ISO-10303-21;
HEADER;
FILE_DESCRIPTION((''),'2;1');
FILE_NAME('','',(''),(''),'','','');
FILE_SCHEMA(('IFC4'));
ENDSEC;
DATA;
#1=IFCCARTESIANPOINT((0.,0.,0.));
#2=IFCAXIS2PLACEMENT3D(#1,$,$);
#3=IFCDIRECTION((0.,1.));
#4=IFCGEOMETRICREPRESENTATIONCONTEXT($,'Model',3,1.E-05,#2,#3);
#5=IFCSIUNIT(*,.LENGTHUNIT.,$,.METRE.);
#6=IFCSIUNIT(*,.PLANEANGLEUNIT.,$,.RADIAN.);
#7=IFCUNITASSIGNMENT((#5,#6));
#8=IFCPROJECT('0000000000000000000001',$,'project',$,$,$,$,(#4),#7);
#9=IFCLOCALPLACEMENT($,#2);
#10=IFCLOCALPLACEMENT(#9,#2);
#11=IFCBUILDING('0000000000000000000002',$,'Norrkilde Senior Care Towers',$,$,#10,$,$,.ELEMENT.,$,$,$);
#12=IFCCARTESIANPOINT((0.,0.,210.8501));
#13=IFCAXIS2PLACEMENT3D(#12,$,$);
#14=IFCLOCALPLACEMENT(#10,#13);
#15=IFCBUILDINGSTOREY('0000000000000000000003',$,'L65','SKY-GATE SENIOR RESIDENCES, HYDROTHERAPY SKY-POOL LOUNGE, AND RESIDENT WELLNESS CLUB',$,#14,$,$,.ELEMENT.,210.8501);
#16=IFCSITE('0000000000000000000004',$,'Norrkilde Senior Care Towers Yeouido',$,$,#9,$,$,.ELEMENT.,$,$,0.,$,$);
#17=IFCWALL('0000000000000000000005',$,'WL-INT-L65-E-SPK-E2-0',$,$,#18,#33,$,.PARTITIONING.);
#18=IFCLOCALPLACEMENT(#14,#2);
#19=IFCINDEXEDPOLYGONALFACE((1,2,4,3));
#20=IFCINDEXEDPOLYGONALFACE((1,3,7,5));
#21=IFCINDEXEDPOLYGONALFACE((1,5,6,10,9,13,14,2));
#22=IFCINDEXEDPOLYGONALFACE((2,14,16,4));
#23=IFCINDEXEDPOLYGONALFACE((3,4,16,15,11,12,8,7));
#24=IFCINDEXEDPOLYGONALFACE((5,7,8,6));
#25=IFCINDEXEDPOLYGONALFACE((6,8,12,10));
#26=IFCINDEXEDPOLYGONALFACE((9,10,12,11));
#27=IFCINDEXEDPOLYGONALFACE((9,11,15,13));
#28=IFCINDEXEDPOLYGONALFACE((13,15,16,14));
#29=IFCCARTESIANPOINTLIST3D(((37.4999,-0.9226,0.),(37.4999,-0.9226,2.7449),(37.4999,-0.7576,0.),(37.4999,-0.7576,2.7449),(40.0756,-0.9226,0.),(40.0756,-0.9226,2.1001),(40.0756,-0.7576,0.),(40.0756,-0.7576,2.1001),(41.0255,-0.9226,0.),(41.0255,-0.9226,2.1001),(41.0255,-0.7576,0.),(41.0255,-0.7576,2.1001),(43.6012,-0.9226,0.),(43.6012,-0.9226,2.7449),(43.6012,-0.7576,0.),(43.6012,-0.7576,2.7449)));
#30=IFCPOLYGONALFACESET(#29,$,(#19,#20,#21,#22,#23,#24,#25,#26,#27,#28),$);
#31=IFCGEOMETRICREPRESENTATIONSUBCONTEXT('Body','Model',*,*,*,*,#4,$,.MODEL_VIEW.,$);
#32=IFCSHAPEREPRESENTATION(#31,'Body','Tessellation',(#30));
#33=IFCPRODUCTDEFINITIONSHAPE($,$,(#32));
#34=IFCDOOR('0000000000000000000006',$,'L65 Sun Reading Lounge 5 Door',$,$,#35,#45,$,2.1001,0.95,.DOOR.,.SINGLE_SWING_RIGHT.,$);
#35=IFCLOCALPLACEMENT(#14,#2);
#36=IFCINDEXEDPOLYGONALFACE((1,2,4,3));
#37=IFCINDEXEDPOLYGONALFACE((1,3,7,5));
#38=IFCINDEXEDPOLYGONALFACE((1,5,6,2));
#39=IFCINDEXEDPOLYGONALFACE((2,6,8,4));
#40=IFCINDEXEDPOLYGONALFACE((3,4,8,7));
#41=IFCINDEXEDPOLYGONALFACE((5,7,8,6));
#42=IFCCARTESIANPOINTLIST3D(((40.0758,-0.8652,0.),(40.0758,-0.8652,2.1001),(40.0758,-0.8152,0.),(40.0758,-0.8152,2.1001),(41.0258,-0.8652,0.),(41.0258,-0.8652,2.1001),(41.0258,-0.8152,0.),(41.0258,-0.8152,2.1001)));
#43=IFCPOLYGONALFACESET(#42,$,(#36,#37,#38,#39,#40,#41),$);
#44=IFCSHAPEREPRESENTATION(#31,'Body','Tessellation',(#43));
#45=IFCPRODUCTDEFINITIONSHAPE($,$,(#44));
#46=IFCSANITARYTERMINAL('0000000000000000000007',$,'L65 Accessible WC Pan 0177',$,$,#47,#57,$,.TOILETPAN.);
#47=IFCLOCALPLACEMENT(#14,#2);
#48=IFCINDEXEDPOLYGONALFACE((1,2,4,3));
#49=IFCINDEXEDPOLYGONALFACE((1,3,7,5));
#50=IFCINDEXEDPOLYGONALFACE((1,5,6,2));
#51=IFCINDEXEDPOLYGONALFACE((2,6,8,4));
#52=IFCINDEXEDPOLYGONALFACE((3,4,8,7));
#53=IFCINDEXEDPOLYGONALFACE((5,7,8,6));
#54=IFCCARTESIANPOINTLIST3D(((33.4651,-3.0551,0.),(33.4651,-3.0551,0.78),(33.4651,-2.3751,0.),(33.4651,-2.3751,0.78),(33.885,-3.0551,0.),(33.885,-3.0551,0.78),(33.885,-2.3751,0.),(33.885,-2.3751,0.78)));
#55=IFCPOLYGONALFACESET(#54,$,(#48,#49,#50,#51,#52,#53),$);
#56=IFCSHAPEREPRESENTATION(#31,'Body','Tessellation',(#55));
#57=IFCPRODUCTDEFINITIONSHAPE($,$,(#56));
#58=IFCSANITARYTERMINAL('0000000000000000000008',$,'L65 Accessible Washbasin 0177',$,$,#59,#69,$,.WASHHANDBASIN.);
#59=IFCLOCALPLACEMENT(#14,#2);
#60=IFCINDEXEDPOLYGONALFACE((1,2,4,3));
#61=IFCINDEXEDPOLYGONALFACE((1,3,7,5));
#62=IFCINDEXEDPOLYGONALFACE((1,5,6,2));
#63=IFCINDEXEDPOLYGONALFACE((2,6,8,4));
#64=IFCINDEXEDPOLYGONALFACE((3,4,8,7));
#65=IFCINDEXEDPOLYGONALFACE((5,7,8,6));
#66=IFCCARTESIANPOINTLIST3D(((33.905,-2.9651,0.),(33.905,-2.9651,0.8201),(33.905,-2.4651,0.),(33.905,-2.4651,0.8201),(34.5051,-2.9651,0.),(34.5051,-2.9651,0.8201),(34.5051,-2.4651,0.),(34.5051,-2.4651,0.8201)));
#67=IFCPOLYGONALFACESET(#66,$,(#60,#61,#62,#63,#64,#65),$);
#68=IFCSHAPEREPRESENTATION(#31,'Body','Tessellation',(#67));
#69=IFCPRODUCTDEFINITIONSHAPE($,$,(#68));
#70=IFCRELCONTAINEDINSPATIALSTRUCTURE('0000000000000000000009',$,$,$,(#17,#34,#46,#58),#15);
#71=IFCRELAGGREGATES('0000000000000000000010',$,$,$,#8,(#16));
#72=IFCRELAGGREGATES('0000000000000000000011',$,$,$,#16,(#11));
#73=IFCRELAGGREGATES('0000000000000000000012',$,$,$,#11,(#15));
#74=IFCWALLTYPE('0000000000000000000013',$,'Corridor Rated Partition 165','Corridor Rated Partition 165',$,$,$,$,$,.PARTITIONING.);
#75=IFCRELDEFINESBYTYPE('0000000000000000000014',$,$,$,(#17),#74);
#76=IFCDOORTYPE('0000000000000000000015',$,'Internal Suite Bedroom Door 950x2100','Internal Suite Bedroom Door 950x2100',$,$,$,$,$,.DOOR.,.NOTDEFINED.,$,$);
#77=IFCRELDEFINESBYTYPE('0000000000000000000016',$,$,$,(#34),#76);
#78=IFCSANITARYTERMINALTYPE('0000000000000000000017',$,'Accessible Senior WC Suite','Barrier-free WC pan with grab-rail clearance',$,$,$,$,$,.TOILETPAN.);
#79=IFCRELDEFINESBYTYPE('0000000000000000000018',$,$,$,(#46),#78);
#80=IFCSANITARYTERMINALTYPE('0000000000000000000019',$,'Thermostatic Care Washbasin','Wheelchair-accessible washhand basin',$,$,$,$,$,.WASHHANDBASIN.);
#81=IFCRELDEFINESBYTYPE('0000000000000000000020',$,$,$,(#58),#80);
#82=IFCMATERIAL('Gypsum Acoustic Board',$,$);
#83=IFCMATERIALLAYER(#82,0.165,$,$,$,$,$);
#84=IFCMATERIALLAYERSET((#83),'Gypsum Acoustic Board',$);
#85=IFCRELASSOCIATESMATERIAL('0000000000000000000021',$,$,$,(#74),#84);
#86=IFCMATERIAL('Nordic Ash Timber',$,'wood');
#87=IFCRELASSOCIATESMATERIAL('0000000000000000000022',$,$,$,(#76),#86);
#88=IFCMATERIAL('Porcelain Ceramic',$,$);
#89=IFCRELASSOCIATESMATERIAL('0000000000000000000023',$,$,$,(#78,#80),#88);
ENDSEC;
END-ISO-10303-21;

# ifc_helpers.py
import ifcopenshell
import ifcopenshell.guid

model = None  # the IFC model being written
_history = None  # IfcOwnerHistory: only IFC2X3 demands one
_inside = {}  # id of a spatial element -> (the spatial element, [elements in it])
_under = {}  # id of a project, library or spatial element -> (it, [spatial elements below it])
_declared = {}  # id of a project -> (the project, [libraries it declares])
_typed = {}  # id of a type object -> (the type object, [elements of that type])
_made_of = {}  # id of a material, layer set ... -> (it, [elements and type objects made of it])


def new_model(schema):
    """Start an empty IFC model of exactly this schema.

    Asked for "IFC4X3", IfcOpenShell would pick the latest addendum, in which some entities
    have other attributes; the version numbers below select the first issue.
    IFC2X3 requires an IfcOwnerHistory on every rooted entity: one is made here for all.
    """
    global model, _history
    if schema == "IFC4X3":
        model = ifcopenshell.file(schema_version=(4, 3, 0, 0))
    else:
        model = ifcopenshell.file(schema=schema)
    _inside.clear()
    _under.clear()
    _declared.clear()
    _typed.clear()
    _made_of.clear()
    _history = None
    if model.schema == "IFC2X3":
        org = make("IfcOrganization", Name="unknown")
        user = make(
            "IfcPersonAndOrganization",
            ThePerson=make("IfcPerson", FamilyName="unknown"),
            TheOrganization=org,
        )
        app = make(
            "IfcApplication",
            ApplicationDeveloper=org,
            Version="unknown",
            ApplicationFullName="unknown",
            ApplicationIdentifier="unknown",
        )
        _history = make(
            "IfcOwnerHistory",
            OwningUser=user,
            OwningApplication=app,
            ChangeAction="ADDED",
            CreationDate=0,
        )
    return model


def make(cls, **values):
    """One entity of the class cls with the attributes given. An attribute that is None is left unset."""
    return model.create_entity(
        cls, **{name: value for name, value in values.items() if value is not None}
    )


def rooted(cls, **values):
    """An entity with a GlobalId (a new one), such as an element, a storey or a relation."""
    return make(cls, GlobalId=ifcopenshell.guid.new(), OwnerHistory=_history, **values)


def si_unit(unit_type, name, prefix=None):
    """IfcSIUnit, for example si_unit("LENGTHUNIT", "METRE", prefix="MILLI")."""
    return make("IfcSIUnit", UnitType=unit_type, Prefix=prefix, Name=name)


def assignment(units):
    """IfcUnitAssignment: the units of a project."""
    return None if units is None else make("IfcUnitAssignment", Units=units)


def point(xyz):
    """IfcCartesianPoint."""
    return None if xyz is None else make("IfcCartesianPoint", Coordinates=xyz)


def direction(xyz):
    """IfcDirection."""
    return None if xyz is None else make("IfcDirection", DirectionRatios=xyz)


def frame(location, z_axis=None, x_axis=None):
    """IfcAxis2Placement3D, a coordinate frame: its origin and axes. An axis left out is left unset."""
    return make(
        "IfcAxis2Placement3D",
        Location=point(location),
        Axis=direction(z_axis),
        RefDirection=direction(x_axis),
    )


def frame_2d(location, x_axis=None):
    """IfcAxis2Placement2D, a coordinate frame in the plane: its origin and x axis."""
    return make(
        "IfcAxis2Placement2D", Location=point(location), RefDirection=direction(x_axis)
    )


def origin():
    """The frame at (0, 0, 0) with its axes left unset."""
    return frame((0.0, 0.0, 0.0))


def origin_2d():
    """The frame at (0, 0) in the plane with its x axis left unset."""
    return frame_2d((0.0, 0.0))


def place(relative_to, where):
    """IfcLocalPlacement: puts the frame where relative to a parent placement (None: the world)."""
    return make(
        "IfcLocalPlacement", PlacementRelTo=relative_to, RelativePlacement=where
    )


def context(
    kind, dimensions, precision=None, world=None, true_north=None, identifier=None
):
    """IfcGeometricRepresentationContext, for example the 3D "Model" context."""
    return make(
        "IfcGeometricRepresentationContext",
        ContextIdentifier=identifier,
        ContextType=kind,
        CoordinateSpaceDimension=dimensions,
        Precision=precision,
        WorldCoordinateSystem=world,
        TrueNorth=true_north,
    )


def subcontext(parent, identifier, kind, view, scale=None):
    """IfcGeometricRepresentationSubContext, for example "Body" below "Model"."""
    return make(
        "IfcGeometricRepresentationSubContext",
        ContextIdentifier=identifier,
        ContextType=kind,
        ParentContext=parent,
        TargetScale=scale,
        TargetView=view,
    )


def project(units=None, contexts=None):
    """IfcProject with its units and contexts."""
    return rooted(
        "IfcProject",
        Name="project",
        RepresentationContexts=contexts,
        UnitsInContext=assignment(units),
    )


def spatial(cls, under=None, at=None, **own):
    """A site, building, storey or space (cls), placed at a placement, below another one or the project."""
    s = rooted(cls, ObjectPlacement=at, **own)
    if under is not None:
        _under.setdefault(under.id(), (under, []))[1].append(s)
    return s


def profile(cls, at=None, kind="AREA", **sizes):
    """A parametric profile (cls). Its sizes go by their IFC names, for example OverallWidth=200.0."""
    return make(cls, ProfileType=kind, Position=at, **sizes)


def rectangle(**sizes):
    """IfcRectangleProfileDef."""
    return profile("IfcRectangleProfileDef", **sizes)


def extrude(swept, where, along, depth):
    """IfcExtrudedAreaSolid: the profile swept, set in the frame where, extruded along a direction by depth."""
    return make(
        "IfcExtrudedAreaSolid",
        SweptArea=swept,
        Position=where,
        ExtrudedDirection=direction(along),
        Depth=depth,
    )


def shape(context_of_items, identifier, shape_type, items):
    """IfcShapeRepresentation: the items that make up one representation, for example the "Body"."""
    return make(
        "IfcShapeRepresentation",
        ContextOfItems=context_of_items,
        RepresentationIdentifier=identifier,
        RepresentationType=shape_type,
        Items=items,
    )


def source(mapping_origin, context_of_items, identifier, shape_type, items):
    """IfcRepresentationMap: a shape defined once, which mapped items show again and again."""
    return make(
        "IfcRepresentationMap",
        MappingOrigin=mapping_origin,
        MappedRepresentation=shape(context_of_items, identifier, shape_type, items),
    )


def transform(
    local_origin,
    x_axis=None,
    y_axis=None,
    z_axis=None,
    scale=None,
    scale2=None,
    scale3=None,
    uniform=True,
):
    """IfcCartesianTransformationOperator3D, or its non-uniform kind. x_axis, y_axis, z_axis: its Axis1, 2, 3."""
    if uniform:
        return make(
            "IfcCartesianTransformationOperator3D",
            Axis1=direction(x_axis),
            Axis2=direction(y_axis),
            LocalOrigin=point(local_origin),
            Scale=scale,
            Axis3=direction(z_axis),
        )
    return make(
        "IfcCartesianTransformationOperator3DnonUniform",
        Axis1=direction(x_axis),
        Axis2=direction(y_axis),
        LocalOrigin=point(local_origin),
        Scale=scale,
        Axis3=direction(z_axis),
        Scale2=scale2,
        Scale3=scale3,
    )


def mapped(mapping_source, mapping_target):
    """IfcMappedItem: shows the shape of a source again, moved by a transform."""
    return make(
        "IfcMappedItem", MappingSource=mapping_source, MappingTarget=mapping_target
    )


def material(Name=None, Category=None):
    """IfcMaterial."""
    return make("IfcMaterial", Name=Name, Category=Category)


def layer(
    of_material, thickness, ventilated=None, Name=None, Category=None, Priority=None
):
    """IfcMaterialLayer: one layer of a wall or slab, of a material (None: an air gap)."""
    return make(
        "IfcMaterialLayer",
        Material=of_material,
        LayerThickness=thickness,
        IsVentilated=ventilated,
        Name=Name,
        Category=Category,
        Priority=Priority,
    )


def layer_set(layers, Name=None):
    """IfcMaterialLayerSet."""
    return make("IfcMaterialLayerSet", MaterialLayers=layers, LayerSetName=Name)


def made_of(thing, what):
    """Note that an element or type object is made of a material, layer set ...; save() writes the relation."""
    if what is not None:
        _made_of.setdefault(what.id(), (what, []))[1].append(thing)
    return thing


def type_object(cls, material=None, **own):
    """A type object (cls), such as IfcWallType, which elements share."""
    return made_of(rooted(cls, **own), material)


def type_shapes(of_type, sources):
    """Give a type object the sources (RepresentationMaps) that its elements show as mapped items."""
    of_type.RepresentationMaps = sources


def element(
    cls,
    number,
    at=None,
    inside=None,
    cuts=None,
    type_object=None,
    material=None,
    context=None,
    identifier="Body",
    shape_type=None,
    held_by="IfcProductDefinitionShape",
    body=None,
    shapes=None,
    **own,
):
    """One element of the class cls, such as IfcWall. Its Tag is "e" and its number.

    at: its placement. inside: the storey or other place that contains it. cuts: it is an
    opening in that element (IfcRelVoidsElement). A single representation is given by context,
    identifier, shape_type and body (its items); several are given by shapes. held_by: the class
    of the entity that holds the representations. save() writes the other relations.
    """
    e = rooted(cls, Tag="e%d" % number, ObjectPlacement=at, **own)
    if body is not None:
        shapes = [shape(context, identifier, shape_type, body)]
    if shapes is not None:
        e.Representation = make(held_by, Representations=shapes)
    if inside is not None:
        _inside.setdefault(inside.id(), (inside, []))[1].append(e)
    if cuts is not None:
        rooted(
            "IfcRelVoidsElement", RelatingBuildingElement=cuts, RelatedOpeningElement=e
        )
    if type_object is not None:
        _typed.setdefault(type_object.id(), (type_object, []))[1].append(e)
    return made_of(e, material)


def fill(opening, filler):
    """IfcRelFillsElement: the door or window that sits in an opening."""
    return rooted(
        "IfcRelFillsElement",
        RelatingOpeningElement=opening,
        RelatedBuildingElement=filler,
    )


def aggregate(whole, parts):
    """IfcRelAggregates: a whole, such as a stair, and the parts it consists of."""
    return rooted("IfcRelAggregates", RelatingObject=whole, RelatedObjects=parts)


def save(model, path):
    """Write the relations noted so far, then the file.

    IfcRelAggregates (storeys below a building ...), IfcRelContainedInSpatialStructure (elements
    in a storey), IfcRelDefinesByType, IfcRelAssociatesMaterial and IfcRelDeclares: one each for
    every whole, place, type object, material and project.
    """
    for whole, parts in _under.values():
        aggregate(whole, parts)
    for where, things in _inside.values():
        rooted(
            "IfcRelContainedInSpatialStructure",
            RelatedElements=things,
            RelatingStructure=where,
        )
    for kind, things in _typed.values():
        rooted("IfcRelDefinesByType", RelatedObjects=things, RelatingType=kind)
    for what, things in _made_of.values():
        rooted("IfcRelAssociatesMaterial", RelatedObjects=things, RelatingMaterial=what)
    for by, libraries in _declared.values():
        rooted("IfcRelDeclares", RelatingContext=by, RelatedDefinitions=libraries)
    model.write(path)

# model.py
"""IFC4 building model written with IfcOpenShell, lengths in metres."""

from ifc_helpers import new_model, si_unit, direction, frame, frame_2d, origin, origin_2d, place, context, subcontext, project, spatial, rectangle, extrude, source, transform, mapped, material, layer, layer_set, type_object, type_shapes, element, fill, save


model = new_model("IFC4")

# Units and contexts
model_context = context("Model", 3, precision=1e-05, world=origin(), true_north=direction((0.0, 1.0)))
body_context = subcontext(model_context, "Body", "Model", "MODEL_VIEW")
ifc_project = project(units=[si_unit("LENGTHUNIT", "METRE"), si_unit("PLANEANGLEUNIT", "RADIAN")], contexts=[model_context])

# Site, building, storey
site_placement = place(None, origin())
site = spatial("IfcSite", under=ifc_project, at=site_placement, Name="Norrkilde Senior Care Towers Yeouido", CompositionType="ELEMENT", RefElevation=0.0)
building_placement = place(site_placement, origin())
building = spatial("IfcBuilding", under=site, at=building_placement, Name="Norrkilde Senior Care Towers", CompositionType="ELEMENT")
storey_placement = place(building_placement, frame((0.0, 0.0, 210.8501)))
storey = spatial("IfcBuildingStorey", under=building, at=storey_placement, Name="L65", Description="SKY-GATE SENIOR RESIDENCES, HYDROTHERAPY SKY-POOL LOUNGE, AND RESIDENT WELLNESS CLUB", CompositionType="ELEMENT", Elevation=210.8501)

# Shared definitions
ifc_material_1 = material(Name="Gypsum Acoustic Board")
ifc_layer_1 = layer(ifc_material_1, 0.165)
ifc_layer_set_1 = layer_set([ifc_layer_1], Name="Gypsum Acoustic Board")
wall_type_1 = type_object("IfcWallType", Name="Corridor Rated Partition 165", Description="Corridor Rated Partition 165", PredefinedType="PARTITIONING", material=ifc_layer_set_1)

# Wall, opening, door
ifc_material_2 = material(Name="Nordic Ash Timber", Category="wood")
shared_shape_1 = source(origin(), body_context, "Body", "SweptSolid", [
    extrude(rectangle(XDim=6.1013, YDim=0.165, at=frame_2d((3.0508, 0.0))), origin(), (0.0, 0.0, 1.0), 2.7449),
])
wall_1_placement = place(storey_placement, frame((43.6013, -0.8401, 0.0), z_axis=(0.0, 0.0, 1.0), x_axis=(-1.0, 0.0, 0.0)))
wall_1 = element("IfcWall", 1, at=wall_1_placement, inside=storey, type_object=wall_type_1, Name="WL-INT-L65-E-SPK-E2-0", PredefinedType="PARTITIONING", context=body_context, shape_type="MappedRepresentation", body=[
    mapped(shared_shape_1, transform((0.0, 0.0, 0.0), x_axis=(1.0, 0.0, 0.0), y_axis=(0.0, 1.0, 0.0), z_axis=(0.0, 0.0, 1.0), scale=1.0)),
])
opening_1_placement = place(wall_1_placement, frame((2.5757, 0.0, 0.0)))
opening_1 = element("IfcOpeningElement", 2, at=opening_1_placement, cuts=wall_1, PredefinedType="OPENING", context=body_context, shape_type="SweptSolid", body=[
    extrude(rectangle(XDim=0.95, YDim=2.1001, at=frame_2d((0.4751, 1.05))), frame((0.0, 0.0925, 0.0), z_axis=(0.0, -1.0, 0.0), x_axis=(1.0, 0.0, 0.0)), (0.0, 0.0, 1.0), 0.1851),
])
door_type_1 = type_object("IfcDoorType", Name="Internal Suite Bedroom Door 950x2100", Description="Internal Suite Bedroom Door 950x2100", OperationType="NOTDEFINED", PredefinedType="DOOR", material=ifc_material_2)
shared_shape_2 = source(origin(), body_context, "Body", "SweptSolid", [
    extrude(rectangle(XDim=0.95, YDim=2.1001, at=frame_2d((0.4751, 1.05))), frame((0.0, 0.0249, 0.0), z_axis=(0.0, -1.0, 0.0), x_axis=(1.0, 0.0, 0.0)), (0.0, 0.0, 1.0), 0.05),
])
type_shapes(door_type_1, [shared_shape_2])
door_1_placement = place(opening_1_placement, frame((0.95, 0.0, 0.0), z_axis=(0.0, 0.0, 1.0), x_axis=(-1.0, 0.0, 0.0)))
door_1 = element("IfcDoor", 3, at=door_1_placement, inside=storey, type_object=door_type_1, Name="L65 Sun Reading Lounge 5 Door", OperationType="SINGLE_SWING_RIGHT", OverallHeight=2.1001, OverallWidth=0.95, PredefinedType="DOOR", context=body_context, shape_type="MappedRepresentation", body=[
    mapped(shared_shape_2, transform((0.0, 0.0, 0.0), x_axis=(1.0, 0.0, 0.0), y_axis=(0.0, 1.0, 0.0), z_axis=(0.0, 0.0, 1.0), scale=1.0)),
])
fill(opening_1, door_1)

# Sanitary terminals
ifc_material_3 = material(Name="Porcelain Ceramic")
sanitary_terminal_type_1 = type_object("IfcSanitaryTerminalType", Name="Accessible Senior WC Suite", Description="Barrier-free WC pan with grab-rail clearance", PredefinedType="TOILETPAN", material=ifc_material_3)
shared_shape_3 = source(origin(), body_context, "Body", "SweptSolid", [
    extrude(rectangle(XDim=0.4199, YDim=0.6799, at=origin_2d()), origin(), (0.0, 0.0, 1.0), 0.78),
])
type_shapes(sanitary_terminal_type_1, [shared_shape_3])
sanitary_terminal_1_placement = place(storey_placement, frame((33.675, -2.7151, 0.0), z_axis=(0.0, 0.0, 1.0), x_axis=(1.0, 0.0, 0.0)))
element("IfcSanitaryTerminal", 4, at=sanitary_terminal_1_placement, inside=storey, type_object=sanitary_terminal_type_1, Name="L65 Accessible WC Pan 0177", PredefinedType="TOILETPAN", context=body_context, shape_type="MappedRepresentation", body=[
    mapped(shared_shape_3, transform((0.0, 0.0, 0.0), x_axis=(1.0, 0.0, 0.0), y_axis=(0.0, 1.0, 0.0), z_axis=(0.0, 0.0, 1.0), scale=1.0)),
])
sanitary_terminal_type_2 = type_object("IfcSanitaryTerminalType", Name="Thermostatic Care Washbasin", Description="Wheelchair-accessible washhand basin", PredefinedType="WASHHANDBASIN", material=ifc_material_3)
shared_shape_4 = source(origin(), body_context, "Body", "SweptSolid", [
    extrude(rectangle(XDim=0.6001, YDim=0.5, at=origin_2d()), origin(), (0.0, 0.0, 1.0), 0.8201),
])
type_shapes(sanitary_terminal_type_2, [shared_shape_4])
sanitary_terminal_2_placement = place(storey_placement, frame((34.2051, -2.7151, 0.0), z_axis=(0.0, 0.0, 1.0), x_axis=(1.0, 0.0, 0.0)))
element("IfcSanitaryTerminal", 5, at=sanitary_terminal_2_placement, inside=storey, type_object=sanitary_terminal_type_2, Name="L65 Accessible Washbasin 0177", PredefinedType="WASHHANDBASIN", context=body_context, shape_type="MappedRepresentation", body=[
    mapped(shared_shape_4, transform((0.0, 0.0, 0.0), x_axis=(1.0, 0.0, 0.0), y_axis=(0.0, 1.0, 0.0), z_axis=(0.0, 0.0, 1.0), scale=1.0)),
])

save(model, "model.ifc")
